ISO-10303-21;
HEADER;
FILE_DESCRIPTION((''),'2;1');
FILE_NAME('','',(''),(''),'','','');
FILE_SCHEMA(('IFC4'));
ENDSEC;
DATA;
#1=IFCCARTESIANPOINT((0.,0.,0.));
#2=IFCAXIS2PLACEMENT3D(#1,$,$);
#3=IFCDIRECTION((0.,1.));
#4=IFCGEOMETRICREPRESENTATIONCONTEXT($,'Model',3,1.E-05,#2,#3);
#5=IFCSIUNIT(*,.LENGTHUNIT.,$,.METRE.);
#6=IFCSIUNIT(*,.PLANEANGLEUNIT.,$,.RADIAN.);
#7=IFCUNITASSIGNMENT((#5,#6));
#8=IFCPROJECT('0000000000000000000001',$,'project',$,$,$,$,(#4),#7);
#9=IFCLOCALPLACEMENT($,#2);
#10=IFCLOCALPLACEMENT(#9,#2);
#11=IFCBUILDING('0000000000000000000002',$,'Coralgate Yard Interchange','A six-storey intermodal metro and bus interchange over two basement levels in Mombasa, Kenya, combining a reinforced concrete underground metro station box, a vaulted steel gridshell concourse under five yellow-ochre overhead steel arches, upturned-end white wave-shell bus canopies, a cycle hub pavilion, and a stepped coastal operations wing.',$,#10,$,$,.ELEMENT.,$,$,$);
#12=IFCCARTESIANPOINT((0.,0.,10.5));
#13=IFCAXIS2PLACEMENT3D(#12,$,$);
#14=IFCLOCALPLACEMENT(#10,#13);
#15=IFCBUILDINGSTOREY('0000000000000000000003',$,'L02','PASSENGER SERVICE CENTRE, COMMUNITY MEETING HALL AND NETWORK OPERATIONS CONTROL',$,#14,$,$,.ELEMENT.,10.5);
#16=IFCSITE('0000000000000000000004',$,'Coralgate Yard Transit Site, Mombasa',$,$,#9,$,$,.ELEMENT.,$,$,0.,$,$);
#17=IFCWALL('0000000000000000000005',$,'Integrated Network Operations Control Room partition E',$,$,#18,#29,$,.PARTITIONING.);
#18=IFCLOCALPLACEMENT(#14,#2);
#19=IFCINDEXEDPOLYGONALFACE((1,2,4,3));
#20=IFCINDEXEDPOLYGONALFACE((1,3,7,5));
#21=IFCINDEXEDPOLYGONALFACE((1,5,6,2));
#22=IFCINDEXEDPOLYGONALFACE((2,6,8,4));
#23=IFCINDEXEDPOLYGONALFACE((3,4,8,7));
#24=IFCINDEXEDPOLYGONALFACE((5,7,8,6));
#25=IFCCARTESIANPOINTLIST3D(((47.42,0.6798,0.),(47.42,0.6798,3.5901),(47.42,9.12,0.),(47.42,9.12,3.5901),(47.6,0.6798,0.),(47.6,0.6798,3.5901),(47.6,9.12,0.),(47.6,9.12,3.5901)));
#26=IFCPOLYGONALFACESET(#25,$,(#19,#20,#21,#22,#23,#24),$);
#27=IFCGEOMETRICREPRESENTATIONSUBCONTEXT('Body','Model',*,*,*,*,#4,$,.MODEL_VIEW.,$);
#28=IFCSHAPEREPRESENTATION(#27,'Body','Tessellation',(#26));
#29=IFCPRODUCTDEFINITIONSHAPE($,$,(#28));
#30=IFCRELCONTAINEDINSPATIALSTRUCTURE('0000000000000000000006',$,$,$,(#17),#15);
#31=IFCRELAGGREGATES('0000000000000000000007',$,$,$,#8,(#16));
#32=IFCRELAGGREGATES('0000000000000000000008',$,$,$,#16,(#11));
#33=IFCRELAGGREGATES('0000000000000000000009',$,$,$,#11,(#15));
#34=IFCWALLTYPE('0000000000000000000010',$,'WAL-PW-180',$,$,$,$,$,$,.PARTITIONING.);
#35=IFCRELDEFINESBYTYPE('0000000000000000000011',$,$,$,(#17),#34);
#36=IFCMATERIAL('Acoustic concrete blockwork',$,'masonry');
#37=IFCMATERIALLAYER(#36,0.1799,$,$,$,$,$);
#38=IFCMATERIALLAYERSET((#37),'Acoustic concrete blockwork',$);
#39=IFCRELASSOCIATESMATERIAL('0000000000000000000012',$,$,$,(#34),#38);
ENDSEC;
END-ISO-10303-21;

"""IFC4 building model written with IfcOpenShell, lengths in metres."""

from ifc_helpers import new_model, si_unit, direction, frame, frame_2d, origin, place, context, subcontext, project, spatial, rectangle, extrude, material, layer, layer_set, type_object, element, save


model = new_model("IFC4")

# Units and contexts
model_context = context("Model", 3, precision=1e-05, world=origin(), true_north=direction((0.0, 1.0)))
body_context = subcontext(model_context, "Body", "Model", "MODEL_VIEW")
ifc_project = project(units=[si_unit("LENGTHUNIT", "METRE"), si_unit("PLANEANGLEUNIT", "RADIAN")], contexts=[model_context])

# Site, building, storey
site_placement = place(None, origin())
site = spatial("IfcSite", under=ifc_project, at=site_placement, Name="Coralgate Yard Transit Site, Mombasa", CompositionType="ELEMENT", RefElevation=0.0)
building_placement = place(site_placement, origin())
building = spatial("IfcBuilding", under=site, at=building_placement, Name="Coralgate Yard Interchange", Description="A six-storey intermodal metro and bus interchange over two basement levels in Mombasa, Kenya, combining a reinforced concrete underground metro station box, a vaulted steel gridshell concourse under five yellow-ochre overhead steel arches, upturned-end white wave-shell bus canopies, a cycle hub pavilion, and a stepped coastal operations wing.", CompositionType="ELEMENT")
storey_placement = place(building_placement, frame((0.0, 0.0, 10.5)))
storey = spatial("IfcBuildingStorey", under=building, at=storey_placement, Name="L02", Description="PASSENGER SERVICE CENTRE, COMMUNITY MEETING HALL AND NETWORK OPERATIONS CONTROL", CompositionType="ELEMENT", Elevation=10.5)

# Wall
ifc_material_1 = material(Name="Acoustic concrete blockwork", Category="masonry")
ifc_layer_1 = layer(ifc_material_1, 0.1799)
ifc_layer_set_1 = layer_set([ifc_layer_1], Name="Acoustic concrete blockwork")
wall_type = type_object("IfcWallType", Name="WAL-PW-180", PredefinedType="PARTITIONING", material=ifc_layer_set_1)
wall_1_placement = place(storey_placement, frame((47.51, 9.1201, 0.0), z_axis=(0.0, 0.0, 1.0), x_axis=(0.0, -1.0, 0.0)))
element("IfcWall", 1, at=wall_1_placement, inside=storey, type_object=wall_type, Name="Integrated Network Operations Control Room partition E", PredefinedType="PARTITIONING", context=body_context, shape_type="SweptSolid", body=[
    extrude(rectangle(XDim=8.4402, YDim=0.1799, at=frame_2d((4.2202, 0.0))), origin(), (0.0, 0.0, 1.0), 3.5901),
])

save(model, "model.ifc")
